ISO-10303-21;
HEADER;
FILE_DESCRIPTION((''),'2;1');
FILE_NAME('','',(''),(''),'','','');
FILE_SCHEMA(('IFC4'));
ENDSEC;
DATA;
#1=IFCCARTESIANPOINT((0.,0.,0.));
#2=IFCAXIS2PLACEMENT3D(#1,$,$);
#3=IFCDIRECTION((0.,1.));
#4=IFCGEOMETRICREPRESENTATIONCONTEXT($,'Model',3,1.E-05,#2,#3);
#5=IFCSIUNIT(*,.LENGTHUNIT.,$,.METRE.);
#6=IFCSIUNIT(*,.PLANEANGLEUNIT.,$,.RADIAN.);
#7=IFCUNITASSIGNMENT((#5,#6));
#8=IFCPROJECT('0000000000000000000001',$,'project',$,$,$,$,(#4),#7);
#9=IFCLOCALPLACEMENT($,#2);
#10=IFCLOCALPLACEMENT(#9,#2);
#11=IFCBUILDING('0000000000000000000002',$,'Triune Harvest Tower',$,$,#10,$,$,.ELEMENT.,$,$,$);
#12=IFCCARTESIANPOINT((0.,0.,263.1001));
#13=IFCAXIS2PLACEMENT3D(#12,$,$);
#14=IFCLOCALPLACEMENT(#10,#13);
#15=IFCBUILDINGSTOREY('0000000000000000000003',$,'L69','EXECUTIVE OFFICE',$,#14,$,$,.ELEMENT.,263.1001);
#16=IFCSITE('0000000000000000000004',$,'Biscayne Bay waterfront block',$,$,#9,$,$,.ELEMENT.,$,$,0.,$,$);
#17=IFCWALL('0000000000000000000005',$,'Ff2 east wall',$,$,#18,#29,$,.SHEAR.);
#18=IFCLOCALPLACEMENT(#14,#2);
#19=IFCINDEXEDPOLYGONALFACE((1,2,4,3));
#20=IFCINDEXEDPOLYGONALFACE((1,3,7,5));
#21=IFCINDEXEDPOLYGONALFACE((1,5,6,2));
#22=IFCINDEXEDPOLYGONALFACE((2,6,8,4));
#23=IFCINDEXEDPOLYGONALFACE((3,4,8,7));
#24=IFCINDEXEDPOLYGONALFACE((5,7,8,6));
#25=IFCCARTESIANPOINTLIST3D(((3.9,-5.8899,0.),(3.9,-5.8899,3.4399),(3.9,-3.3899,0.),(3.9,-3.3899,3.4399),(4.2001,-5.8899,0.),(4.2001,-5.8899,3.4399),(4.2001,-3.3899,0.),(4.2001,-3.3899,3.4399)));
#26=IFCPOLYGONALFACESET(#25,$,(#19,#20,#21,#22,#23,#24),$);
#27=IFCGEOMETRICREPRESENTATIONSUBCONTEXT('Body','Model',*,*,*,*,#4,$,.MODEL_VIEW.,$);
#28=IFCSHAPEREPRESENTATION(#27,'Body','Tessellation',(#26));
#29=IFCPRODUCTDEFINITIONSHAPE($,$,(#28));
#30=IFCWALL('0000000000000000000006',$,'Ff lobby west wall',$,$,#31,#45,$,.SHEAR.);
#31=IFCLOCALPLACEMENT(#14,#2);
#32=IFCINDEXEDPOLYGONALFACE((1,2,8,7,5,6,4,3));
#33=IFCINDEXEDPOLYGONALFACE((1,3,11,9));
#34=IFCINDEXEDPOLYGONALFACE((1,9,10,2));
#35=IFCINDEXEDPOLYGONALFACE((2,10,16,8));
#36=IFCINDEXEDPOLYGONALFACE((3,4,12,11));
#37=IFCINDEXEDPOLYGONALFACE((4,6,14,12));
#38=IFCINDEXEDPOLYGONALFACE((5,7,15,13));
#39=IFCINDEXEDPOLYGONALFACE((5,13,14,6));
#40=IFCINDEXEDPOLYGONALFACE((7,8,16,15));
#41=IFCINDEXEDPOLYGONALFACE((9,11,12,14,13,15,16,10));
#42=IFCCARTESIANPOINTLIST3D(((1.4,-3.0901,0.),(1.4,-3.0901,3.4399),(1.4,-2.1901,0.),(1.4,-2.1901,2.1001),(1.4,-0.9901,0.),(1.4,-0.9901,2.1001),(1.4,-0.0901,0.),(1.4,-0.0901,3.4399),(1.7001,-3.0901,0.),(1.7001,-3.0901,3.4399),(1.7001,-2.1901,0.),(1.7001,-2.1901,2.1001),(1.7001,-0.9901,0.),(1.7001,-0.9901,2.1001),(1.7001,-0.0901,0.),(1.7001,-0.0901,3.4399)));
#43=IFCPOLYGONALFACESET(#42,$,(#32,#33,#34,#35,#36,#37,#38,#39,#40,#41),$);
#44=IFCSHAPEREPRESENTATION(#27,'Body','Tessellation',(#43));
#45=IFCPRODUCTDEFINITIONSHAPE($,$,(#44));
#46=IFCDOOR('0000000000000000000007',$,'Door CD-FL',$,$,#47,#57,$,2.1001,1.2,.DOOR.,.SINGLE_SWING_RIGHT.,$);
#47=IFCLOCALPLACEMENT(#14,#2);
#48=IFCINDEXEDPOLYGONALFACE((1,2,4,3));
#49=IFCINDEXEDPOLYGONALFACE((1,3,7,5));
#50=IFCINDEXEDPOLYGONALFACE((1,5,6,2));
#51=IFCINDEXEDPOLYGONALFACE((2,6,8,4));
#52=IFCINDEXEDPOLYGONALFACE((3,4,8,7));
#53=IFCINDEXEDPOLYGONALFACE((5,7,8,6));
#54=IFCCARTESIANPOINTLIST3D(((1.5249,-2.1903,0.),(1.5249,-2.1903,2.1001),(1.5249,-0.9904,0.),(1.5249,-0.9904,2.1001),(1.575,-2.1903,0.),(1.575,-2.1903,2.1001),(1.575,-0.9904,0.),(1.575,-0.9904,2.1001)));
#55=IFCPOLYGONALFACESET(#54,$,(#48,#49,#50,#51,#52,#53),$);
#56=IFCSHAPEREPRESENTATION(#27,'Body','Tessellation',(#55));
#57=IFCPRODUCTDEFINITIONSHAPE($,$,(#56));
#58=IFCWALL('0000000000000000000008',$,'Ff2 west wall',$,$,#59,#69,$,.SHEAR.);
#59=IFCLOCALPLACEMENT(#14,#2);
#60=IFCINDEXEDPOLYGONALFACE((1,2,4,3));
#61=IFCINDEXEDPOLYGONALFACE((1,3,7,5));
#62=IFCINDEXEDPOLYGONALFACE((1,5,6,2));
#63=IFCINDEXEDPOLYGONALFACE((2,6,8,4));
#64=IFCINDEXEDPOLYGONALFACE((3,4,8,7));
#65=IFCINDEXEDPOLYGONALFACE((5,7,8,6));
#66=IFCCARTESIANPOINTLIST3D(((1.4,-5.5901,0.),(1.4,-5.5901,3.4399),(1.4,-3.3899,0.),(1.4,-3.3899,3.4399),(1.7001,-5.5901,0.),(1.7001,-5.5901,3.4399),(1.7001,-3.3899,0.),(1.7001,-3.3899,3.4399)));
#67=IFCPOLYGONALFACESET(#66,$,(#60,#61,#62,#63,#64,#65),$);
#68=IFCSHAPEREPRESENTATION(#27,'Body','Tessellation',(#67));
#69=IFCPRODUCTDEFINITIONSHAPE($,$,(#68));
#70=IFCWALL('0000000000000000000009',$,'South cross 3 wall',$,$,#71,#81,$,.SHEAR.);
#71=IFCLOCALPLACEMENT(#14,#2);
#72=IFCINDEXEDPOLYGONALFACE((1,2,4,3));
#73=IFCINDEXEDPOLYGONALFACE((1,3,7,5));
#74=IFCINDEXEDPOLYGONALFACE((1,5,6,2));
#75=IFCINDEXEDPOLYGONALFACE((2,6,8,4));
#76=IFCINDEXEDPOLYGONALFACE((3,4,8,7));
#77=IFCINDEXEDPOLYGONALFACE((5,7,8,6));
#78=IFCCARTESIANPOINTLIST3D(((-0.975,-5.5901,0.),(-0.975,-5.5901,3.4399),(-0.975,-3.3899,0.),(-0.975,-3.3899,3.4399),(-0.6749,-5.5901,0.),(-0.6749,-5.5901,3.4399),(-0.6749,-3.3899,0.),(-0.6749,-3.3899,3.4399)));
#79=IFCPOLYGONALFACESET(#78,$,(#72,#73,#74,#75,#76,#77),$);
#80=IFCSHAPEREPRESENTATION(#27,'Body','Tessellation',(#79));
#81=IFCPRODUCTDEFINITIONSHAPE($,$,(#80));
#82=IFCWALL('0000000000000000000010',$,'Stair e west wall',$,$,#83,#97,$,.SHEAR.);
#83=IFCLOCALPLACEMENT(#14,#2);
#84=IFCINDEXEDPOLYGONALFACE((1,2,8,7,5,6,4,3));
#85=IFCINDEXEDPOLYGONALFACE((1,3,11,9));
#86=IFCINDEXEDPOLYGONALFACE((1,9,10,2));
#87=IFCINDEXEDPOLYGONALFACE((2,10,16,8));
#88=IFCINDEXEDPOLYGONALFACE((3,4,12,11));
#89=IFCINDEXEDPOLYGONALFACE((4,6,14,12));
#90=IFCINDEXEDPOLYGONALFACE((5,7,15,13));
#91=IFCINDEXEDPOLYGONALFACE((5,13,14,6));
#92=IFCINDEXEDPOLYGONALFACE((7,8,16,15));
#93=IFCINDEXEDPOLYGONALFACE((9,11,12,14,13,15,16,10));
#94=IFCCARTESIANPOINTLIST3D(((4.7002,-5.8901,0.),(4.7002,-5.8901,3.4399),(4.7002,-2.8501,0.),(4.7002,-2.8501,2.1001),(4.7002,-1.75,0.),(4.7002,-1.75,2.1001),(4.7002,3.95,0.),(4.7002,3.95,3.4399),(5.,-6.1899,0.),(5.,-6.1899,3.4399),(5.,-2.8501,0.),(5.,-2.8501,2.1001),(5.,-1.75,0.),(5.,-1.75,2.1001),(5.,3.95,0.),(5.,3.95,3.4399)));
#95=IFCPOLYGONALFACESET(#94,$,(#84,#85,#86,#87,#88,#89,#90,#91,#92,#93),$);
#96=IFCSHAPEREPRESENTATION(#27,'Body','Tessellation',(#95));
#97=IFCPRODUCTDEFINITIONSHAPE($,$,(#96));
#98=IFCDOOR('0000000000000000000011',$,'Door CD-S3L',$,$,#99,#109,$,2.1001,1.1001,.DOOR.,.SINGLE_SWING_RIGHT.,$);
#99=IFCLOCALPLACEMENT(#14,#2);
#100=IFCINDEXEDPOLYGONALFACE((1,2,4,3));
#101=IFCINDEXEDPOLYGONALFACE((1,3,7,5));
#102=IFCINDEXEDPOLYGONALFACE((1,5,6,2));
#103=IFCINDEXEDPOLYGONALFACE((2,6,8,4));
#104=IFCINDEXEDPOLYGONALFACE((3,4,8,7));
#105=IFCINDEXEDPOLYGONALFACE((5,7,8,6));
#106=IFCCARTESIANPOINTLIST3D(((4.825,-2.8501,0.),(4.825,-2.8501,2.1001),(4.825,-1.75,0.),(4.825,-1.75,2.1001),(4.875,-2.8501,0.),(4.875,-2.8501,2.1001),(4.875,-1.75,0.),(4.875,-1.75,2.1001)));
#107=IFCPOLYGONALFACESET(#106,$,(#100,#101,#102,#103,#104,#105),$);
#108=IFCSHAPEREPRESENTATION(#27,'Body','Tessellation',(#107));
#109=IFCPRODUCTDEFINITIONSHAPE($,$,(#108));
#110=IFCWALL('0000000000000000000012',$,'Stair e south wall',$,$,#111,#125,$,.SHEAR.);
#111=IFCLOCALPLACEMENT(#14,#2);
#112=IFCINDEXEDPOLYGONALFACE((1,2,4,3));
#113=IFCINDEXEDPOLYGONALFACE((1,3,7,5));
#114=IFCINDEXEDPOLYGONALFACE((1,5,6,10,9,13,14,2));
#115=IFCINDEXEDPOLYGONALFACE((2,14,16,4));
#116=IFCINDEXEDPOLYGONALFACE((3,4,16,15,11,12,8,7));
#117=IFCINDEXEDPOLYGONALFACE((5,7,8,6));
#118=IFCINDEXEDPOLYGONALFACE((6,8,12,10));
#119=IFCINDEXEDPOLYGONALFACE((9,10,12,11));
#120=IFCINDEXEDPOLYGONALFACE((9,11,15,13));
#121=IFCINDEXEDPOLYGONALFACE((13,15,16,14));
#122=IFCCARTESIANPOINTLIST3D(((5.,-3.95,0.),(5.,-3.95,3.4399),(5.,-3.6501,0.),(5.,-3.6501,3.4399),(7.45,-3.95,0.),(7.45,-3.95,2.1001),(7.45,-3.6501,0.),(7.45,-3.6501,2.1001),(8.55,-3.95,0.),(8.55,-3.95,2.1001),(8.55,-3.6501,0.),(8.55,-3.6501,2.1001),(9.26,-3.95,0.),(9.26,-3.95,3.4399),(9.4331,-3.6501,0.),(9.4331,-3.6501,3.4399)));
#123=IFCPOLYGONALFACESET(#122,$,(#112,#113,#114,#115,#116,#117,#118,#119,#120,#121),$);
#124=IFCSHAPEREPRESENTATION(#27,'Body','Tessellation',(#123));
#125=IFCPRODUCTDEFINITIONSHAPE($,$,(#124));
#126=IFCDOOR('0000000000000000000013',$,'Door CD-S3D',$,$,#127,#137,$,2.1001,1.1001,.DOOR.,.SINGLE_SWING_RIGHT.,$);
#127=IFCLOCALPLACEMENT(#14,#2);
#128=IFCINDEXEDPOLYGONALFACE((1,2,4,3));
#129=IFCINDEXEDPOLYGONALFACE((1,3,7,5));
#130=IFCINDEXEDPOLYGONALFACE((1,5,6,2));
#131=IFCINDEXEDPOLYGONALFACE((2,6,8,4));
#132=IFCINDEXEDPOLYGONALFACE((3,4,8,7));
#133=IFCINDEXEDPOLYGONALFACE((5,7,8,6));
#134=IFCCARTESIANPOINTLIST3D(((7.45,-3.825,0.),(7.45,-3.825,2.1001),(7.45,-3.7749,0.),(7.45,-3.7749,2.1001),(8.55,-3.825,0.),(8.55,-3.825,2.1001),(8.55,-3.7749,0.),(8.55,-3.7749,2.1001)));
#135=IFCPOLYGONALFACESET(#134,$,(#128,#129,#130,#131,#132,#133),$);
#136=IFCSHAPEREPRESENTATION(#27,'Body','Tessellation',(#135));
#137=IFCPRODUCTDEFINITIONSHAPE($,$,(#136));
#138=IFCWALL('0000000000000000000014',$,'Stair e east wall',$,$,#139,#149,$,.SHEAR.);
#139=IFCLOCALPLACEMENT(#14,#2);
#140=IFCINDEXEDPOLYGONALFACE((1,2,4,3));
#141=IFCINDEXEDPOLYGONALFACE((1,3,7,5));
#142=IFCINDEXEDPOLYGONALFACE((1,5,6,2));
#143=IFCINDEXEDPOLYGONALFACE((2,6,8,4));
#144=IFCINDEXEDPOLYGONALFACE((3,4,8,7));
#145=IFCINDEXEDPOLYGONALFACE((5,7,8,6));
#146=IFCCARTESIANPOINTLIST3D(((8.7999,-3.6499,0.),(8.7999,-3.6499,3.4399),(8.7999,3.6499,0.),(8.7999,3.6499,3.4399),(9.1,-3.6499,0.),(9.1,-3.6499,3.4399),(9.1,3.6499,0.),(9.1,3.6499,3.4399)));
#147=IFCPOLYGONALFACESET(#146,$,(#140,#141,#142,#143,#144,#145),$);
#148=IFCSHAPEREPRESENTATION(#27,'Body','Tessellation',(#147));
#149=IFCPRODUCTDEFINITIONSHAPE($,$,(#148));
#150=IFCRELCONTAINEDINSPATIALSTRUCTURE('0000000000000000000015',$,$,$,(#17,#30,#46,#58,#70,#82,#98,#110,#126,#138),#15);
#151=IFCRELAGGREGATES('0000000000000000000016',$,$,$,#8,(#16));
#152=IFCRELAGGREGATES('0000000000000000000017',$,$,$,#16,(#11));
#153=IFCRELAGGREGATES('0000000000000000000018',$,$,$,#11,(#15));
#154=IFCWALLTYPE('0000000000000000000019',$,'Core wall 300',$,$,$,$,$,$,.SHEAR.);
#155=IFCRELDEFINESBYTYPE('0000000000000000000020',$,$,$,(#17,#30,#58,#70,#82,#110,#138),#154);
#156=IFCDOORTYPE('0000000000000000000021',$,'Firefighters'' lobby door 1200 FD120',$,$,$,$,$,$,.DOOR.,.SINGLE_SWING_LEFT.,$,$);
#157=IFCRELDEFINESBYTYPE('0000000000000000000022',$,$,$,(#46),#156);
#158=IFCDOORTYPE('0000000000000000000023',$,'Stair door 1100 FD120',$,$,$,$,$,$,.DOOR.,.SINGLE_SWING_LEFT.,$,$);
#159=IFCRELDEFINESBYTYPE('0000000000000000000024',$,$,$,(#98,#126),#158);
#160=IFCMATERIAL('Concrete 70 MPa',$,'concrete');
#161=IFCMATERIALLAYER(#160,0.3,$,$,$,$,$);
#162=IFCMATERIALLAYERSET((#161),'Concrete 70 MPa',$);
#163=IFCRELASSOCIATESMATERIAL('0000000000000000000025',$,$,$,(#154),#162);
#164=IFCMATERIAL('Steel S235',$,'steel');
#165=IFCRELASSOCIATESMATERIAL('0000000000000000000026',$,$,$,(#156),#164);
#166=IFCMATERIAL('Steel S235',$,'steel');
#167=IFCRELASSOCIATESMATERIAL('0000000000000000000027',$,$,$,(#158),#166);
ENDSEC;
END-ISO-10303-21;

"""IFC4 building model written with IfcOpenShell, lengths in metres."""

from ifc_helpers import new_model, si_unit, direction, frame, frame_2d, origin, place, context, subcontext, project, spatial, polyline, rectangle, outline, extrude, source, transform, mapped, material, layer, layer_set, type_object, element, fill, save


model = new_model("IFC4")

# Units and contexts
model_context = context("Model", 3, precision=1e-05, world=origin(), true_north=direction((0.0, 1.0)))
body_context = subcontext(model_context, "Body", "Model", "MODEL_VIEW")
ifc_project = project(units=[si_unit("LENGTHUNIT", "METRE"), si_unit("PLANEANGLEUNIT", "RADIAN")], contexts=[model_context])

# Site, building, storey
site_placement = place(None, origin())
site = spatial("IfcSite", under=ifc_project, at=site_placement, Name="Biscayne Bay waterfront block", CompositionType="ELEMENT", RefElevation=0.0)
building_placement = place(site_placement, origin())
building = spatial("IfcBuilding", under=site, at=building_placement, Name="Triune Harvest Tower", CompositionType="ELEMENT")
storey_placement = place(building_placement, frame((0.0, 0.0, 263.1001)))
storey = spatial("IfcBuildingStorey", under=building, at=storey_placement, Name="L69", Description="EXECUTIVE OFFICE", CompositionType="ELEMENT", Elevation=263.1001)

# Wall
ifc_material_1 = material(Name="Concrete 70 MPa", Category="concrete")
ifc_layer_1 = layer(ifc_material_1, 0.3)
ifc_layer_set_1 = layer_set([ifc_layer_1], Name="Concrete 70 MPa")
wall_type_1 = type_object("IfcWallType", Name="Core wall 300", PredefinedType="SHEAR", material=ifc_layer_set_1)
shared_shape_1 = source(origin(), body_context, "Body", "SweptSolid", [
    extrude(rectangle(XDim=2.5, YDim=0.3, at=frame_2d((1.25, 0.0))), origin(), (0.0, 0.0, 1.0), 3.4399),
])
wall_1_placement = place(storey_placement, frame((4.05, -5.8899, 0.0), z_axis=(0.0, 0.0, 1.0), x_axis=(0.0, 1.0, 0.0)))
element("IfcWall", 1, at=wall_1_placement, inside=storey, type_object=wall_type_1, Name="Ff2 east wall", PredefinedType="SHEAR", context=body_context, shape_type="MappedRepresentation", body=[
    mapped(shared_shape_1, transform((0.0, 0.0, 0.0), scale=1.0)),
])

# Wall, opening, door
shared_shape_2 = source(origin(), body_context, "Body", "SweptSolid", [
    extrude(rectangle(XDim=3.0, YDim=0.3, at=frame_2d((1.5, 0.0))), origin(), (0.0, 0.0, 1.0), 3.4399),
])
wall_2_placement = place(storey_placement, frame((1.55, -3.0901, 0.0), z_axis=(0.0, 0.0, 1.0), x_axis=(0.0, 1.0, 0.0)))
wall_2 = element("IfcWall", 2, at=wall_2_placement, inside=storey, type_object=wall_type_1, Name="Ff lobby west wall", PredefinedType="SHEAR", context=body_context, shape_type="MappedRepresentation", body=[
    mapped(shared_shape_2, transform((0.0, 0.0, 0.0), scale=1.0)),
])
opening_1_placement = place(wall_2_placement, frame((0.8999, 0.0, 0.0)))
opening_1 = element("IfcOpeningElement", 3, at=opening_1_placement, cuts=wall_2, PredefinedType="OPENING", context=body_context, shape_type="SweptSolid", body=[
    extrude(rectangle(XDim=1.2, YDim=2.1001, at=frame_2d((0.6001, 1.05))), frame((0.0, 0.1602, 0.0), z_axis=(0.0, -1.0, 0.0), x_axis=(1.0, 0.0, 0.0)), (0.0, 0.0, 1.0), 0.3201),
])
ifc_material_2 = material(Name="Steel S235", Category="steel")
door_type_1 = type_object("IfcDoorType", Name="Firefighters' lobby door 1200 FD120", OperationType="SINGLE_SWING_LEFT", PredefinedType="DOOR", material=ifc_material_2)
door_1_placement = place(opening_1_placement, frame((1.2, 0.0, 0.0), z_axis=(0.0, 0.0, 1.0), x_axis=(-1.0, 0.0, 0.0)))
door_1 = element("IfcDoor", 4, at=door_1_placement, inside=storey, type_object=door_type_1, Name="Door CD-FL", OperationType="SINGLE_SWING_RIGHT", OverallHeight=2.1001, OverallWidth=1.2, PredefinedType="DOOR", context=body_context, shape_type="SweptSolid", body=[
    extrude(rectangle(XDim=1.2, YDim=2.1001, at=frame_2d((0.6001, 1.05))), frame((0.0, 0.0249, 0.0), z_axis=(0.0, -1.0, 0.0), x_axis=(1.0, 0.0, 0.0)), (0.0, 0.0, 1.0), 0.05),
])
fill(opening_1, door_1)

# Walls
shared_shape_3 = source(origin(), body_context, "Body", "SweptSolid", [
    extrude(rectangle(XDim=2.2002, YDim=0.3, at=frame_2d((1.1001, 0.0))), origin(), (0.0, 0.0, 1.0), 3.4399),
])
for number, where, z_axis, x_axis, name in (
    (5, (1.55, -5.5901, 0.0), (0.0, 0.0, 1.0), (0.0, 1.0, 0.0), "Ff2 west wall"),
    (6, (-0.825, -5.5901, 0.0), (0.0, 0.0, 1.0), (0.0, 1.0, 0.0), "South cross 3 wall"),
):
    element("IfcWall", number, at=place(storey_placement, frame(where, z_axis=z_axis, x_axis=x_axis)), inside=storey, type_object=wall_type_1, Name=name, PredefinedType="SHEAR", context=body_context, shape_type="MappedRepresentation", body=[
        mapped(shared_shape_3, transform((0.0, 0.0, 0.0), scale=1.0)),
    ])

# Walls, openings, doors
shared_shape_4 = source(origin(), body_context, "Body", "SweptSolid", [
    extrude(outline(polyline([(-0.1499, -0.1499), (9.99, -0.1499), (9.99, 0.1499), (0.1499, 0.1499), (-0.1499, -0.1499)])), origin(), (0.0, 0.0, 1.0), 3.4399),
])
wall_3_placement = place(storey_placement, frame((4.8501, -6.04, 0.0), z_axis=(0.0, 0.0, 1.0), x_axis=(0.0, 1.0, 0.0)))
wall_3 = element("IfcWall", 7, at=wall_3_placement, inside=storey, type_object=wall_type_1, Name="Stair e west wall", PredefinedType="SHEAR", context=body_context, shape_type="MappedRepresentation", body=[
    mapped(shared_shape_4, transform((0.0, 0.0, 0.0), scale=1.0)),
])
opening_2_placement = place(wall_3_placement, frame((3.1899, 0.0, 0.0)))
opening_2 = element("IfcOpeningElement", 8, at=opening_2_placement, cuts=wall_3, PredefinedType="OPENING", context=body_context, shape_type="SweptSolid", body=[
    extrude(rectangle(XDim=1.1001, YDim=2.1001, at=frame_2d((0.55, 1.05))), frame((0.0, 0.1602, 0.0), z_axis=(0.0, -1.0, 0.0), x_axis=(1.0, 0.0, 0.0)), (0.0, 0.0, 1.0), 0.3201),
])
ifc_material_3 = material(Name="Steel S235", Category="steel")
door_type_2 = type_object("IfcDoorType", Name="Stair door 1100 FD120", OperationType="SINGLE_SWING_LEFT", PredefinedType="DOOR", material=ifc_material_3)
door_2_placement = place(opening_2_placement, frame((1.1001, 0.0, 0.0), z_axis=(0.0, 0.0, 1.0), x_axis=(-1.0, 0.0, 0.0)))
door_2 = element("IfcDoor", 9, at=door_2_placement, inside=storey, type_object=door_type_2, Name="Door CD-S3L", OperationType="SINGLE_SWING_RIGHT", OverallHeight=2.1001, OverallWidth=1.1001, PredefinedType="DOOR", context=body_context, shape_type="SweptSolid", body=[
    extrude(rectangle(XDim=1.1001, YDim=2.1001, at=frame_2d((0.55, 1.05))), frame((0.0, 0.0249, 0.0), z_axis=(0.0, -1.0, 0.0), x_axis=(1.0, 0.0, 0.0)), (0.0, 0.0, 1.0), 0.05),
])
fill(opening_2, door_2)
shared_shape_5 = source(origin(), body_context, "Body", "SweptSolid", [
    extrude(outline(polyline([(0.0, -0.1499), (0.0, 0.1499), (4.4331, 0.1499), (4.26, -0.1499), (0.0, -0.1499)])), origin(), (0.0, 0.0, 1.0), 3.4399),
])
wall_4_placement = place(storey_placement, frame((5.0, -3.8, 0.0), z_axis=(0.0, 0.0, 1.0), x_axis=(1.0, 0.0, 0.0)))
wall_4 = element("IfcWall", 10, at=wall_4_placement, inside=storey, type_object=wall_type_1, Name="Stair e south wall", PredefinedType="SHEAR", context=body_context, shape_type="MappedRepresentation", body=[
    mapped(shared_shape_5, transform((0.0, 0.0, 0.0), scale=1.0)),
])
opening_3_placement = place(wall_4_placement, frame((2.45, 0.0, 0.0)))
opening_3 = element("IfcOpeningElement", 11, at=opening_3_placement, cuts=wall_4, PredefinedType="OPENING", context=body_context, shape_type="SweptSolid", body=[
    extrude(rectangle(XDim=1.1001, YDim=2.1001, at=frame_2d((0.55, 1.05))), frame((0.0, 0.1602, 0.0), z_axis=(0.0, -1.0, 0.0), x_axis=(1.0, 0.0, 0.0)), (0.0, 0.0, 1.0), 0.3201),
])
door_3_placement = place(opening_3_placement, frame((1.1001, 0.0, 0.0), z_axis=(0.0, 0.0, 1.0), x_axis=(-1.0, 0.0, 0.0)))
door_3 = element("IfcDoor", 12, at=door_3_placement, inside=storey, type_object=door_type_2, Name="Door CD-S3D", OperationType="SINGLE_SWING_RIGHT", OverallHeight=2.1001, OverallWidth=1.1001, PredefinedType="DOOR", context=body_context, shape_type="SweptSolid", body=[
    extrude(rectangle(XDim=1.1001, YDim=2.1001, at=frame_2d((0.55, 1.05))), frame((0.0, 0.0249, 0.0), z_axis=(0.0, -1.0, 0.0), x_axis=(1.0, 0.0, 0.0)), (0.0, 0.0, 1.0), 0.05),
])
fill(opening_3, door_3)

# Wall
shared_shape_6 = source(origin(), body_context, "Body", "SweptSolid", [
    extrude(rectangle(XDim=7.2998, YDim=0.3, at=frame_2d((3.6499, 0.0))), origin(), (0.0, 0.0, 1.0), 3.4399),
])
wall_5_placement = place(storey_placement, frame((8.95, -3.6499, 0.0), z_axis=(0.0, 0.0, 1.0), x_axis=(0.0, 1.0, 0.0)))
element("IfcWall", 13, at=wall_5_placement, inside=storey, type_object=wall_type_1, Name="Stair e east wall", PredefinedType="SHEAR", context=body_context, shape_type="MappedRepresentation", body=[
    mapped(shared_shape_6, transform((0.0, 0.0, 0.0), scale=1.0)),
])

save(model, "model.ifc")
